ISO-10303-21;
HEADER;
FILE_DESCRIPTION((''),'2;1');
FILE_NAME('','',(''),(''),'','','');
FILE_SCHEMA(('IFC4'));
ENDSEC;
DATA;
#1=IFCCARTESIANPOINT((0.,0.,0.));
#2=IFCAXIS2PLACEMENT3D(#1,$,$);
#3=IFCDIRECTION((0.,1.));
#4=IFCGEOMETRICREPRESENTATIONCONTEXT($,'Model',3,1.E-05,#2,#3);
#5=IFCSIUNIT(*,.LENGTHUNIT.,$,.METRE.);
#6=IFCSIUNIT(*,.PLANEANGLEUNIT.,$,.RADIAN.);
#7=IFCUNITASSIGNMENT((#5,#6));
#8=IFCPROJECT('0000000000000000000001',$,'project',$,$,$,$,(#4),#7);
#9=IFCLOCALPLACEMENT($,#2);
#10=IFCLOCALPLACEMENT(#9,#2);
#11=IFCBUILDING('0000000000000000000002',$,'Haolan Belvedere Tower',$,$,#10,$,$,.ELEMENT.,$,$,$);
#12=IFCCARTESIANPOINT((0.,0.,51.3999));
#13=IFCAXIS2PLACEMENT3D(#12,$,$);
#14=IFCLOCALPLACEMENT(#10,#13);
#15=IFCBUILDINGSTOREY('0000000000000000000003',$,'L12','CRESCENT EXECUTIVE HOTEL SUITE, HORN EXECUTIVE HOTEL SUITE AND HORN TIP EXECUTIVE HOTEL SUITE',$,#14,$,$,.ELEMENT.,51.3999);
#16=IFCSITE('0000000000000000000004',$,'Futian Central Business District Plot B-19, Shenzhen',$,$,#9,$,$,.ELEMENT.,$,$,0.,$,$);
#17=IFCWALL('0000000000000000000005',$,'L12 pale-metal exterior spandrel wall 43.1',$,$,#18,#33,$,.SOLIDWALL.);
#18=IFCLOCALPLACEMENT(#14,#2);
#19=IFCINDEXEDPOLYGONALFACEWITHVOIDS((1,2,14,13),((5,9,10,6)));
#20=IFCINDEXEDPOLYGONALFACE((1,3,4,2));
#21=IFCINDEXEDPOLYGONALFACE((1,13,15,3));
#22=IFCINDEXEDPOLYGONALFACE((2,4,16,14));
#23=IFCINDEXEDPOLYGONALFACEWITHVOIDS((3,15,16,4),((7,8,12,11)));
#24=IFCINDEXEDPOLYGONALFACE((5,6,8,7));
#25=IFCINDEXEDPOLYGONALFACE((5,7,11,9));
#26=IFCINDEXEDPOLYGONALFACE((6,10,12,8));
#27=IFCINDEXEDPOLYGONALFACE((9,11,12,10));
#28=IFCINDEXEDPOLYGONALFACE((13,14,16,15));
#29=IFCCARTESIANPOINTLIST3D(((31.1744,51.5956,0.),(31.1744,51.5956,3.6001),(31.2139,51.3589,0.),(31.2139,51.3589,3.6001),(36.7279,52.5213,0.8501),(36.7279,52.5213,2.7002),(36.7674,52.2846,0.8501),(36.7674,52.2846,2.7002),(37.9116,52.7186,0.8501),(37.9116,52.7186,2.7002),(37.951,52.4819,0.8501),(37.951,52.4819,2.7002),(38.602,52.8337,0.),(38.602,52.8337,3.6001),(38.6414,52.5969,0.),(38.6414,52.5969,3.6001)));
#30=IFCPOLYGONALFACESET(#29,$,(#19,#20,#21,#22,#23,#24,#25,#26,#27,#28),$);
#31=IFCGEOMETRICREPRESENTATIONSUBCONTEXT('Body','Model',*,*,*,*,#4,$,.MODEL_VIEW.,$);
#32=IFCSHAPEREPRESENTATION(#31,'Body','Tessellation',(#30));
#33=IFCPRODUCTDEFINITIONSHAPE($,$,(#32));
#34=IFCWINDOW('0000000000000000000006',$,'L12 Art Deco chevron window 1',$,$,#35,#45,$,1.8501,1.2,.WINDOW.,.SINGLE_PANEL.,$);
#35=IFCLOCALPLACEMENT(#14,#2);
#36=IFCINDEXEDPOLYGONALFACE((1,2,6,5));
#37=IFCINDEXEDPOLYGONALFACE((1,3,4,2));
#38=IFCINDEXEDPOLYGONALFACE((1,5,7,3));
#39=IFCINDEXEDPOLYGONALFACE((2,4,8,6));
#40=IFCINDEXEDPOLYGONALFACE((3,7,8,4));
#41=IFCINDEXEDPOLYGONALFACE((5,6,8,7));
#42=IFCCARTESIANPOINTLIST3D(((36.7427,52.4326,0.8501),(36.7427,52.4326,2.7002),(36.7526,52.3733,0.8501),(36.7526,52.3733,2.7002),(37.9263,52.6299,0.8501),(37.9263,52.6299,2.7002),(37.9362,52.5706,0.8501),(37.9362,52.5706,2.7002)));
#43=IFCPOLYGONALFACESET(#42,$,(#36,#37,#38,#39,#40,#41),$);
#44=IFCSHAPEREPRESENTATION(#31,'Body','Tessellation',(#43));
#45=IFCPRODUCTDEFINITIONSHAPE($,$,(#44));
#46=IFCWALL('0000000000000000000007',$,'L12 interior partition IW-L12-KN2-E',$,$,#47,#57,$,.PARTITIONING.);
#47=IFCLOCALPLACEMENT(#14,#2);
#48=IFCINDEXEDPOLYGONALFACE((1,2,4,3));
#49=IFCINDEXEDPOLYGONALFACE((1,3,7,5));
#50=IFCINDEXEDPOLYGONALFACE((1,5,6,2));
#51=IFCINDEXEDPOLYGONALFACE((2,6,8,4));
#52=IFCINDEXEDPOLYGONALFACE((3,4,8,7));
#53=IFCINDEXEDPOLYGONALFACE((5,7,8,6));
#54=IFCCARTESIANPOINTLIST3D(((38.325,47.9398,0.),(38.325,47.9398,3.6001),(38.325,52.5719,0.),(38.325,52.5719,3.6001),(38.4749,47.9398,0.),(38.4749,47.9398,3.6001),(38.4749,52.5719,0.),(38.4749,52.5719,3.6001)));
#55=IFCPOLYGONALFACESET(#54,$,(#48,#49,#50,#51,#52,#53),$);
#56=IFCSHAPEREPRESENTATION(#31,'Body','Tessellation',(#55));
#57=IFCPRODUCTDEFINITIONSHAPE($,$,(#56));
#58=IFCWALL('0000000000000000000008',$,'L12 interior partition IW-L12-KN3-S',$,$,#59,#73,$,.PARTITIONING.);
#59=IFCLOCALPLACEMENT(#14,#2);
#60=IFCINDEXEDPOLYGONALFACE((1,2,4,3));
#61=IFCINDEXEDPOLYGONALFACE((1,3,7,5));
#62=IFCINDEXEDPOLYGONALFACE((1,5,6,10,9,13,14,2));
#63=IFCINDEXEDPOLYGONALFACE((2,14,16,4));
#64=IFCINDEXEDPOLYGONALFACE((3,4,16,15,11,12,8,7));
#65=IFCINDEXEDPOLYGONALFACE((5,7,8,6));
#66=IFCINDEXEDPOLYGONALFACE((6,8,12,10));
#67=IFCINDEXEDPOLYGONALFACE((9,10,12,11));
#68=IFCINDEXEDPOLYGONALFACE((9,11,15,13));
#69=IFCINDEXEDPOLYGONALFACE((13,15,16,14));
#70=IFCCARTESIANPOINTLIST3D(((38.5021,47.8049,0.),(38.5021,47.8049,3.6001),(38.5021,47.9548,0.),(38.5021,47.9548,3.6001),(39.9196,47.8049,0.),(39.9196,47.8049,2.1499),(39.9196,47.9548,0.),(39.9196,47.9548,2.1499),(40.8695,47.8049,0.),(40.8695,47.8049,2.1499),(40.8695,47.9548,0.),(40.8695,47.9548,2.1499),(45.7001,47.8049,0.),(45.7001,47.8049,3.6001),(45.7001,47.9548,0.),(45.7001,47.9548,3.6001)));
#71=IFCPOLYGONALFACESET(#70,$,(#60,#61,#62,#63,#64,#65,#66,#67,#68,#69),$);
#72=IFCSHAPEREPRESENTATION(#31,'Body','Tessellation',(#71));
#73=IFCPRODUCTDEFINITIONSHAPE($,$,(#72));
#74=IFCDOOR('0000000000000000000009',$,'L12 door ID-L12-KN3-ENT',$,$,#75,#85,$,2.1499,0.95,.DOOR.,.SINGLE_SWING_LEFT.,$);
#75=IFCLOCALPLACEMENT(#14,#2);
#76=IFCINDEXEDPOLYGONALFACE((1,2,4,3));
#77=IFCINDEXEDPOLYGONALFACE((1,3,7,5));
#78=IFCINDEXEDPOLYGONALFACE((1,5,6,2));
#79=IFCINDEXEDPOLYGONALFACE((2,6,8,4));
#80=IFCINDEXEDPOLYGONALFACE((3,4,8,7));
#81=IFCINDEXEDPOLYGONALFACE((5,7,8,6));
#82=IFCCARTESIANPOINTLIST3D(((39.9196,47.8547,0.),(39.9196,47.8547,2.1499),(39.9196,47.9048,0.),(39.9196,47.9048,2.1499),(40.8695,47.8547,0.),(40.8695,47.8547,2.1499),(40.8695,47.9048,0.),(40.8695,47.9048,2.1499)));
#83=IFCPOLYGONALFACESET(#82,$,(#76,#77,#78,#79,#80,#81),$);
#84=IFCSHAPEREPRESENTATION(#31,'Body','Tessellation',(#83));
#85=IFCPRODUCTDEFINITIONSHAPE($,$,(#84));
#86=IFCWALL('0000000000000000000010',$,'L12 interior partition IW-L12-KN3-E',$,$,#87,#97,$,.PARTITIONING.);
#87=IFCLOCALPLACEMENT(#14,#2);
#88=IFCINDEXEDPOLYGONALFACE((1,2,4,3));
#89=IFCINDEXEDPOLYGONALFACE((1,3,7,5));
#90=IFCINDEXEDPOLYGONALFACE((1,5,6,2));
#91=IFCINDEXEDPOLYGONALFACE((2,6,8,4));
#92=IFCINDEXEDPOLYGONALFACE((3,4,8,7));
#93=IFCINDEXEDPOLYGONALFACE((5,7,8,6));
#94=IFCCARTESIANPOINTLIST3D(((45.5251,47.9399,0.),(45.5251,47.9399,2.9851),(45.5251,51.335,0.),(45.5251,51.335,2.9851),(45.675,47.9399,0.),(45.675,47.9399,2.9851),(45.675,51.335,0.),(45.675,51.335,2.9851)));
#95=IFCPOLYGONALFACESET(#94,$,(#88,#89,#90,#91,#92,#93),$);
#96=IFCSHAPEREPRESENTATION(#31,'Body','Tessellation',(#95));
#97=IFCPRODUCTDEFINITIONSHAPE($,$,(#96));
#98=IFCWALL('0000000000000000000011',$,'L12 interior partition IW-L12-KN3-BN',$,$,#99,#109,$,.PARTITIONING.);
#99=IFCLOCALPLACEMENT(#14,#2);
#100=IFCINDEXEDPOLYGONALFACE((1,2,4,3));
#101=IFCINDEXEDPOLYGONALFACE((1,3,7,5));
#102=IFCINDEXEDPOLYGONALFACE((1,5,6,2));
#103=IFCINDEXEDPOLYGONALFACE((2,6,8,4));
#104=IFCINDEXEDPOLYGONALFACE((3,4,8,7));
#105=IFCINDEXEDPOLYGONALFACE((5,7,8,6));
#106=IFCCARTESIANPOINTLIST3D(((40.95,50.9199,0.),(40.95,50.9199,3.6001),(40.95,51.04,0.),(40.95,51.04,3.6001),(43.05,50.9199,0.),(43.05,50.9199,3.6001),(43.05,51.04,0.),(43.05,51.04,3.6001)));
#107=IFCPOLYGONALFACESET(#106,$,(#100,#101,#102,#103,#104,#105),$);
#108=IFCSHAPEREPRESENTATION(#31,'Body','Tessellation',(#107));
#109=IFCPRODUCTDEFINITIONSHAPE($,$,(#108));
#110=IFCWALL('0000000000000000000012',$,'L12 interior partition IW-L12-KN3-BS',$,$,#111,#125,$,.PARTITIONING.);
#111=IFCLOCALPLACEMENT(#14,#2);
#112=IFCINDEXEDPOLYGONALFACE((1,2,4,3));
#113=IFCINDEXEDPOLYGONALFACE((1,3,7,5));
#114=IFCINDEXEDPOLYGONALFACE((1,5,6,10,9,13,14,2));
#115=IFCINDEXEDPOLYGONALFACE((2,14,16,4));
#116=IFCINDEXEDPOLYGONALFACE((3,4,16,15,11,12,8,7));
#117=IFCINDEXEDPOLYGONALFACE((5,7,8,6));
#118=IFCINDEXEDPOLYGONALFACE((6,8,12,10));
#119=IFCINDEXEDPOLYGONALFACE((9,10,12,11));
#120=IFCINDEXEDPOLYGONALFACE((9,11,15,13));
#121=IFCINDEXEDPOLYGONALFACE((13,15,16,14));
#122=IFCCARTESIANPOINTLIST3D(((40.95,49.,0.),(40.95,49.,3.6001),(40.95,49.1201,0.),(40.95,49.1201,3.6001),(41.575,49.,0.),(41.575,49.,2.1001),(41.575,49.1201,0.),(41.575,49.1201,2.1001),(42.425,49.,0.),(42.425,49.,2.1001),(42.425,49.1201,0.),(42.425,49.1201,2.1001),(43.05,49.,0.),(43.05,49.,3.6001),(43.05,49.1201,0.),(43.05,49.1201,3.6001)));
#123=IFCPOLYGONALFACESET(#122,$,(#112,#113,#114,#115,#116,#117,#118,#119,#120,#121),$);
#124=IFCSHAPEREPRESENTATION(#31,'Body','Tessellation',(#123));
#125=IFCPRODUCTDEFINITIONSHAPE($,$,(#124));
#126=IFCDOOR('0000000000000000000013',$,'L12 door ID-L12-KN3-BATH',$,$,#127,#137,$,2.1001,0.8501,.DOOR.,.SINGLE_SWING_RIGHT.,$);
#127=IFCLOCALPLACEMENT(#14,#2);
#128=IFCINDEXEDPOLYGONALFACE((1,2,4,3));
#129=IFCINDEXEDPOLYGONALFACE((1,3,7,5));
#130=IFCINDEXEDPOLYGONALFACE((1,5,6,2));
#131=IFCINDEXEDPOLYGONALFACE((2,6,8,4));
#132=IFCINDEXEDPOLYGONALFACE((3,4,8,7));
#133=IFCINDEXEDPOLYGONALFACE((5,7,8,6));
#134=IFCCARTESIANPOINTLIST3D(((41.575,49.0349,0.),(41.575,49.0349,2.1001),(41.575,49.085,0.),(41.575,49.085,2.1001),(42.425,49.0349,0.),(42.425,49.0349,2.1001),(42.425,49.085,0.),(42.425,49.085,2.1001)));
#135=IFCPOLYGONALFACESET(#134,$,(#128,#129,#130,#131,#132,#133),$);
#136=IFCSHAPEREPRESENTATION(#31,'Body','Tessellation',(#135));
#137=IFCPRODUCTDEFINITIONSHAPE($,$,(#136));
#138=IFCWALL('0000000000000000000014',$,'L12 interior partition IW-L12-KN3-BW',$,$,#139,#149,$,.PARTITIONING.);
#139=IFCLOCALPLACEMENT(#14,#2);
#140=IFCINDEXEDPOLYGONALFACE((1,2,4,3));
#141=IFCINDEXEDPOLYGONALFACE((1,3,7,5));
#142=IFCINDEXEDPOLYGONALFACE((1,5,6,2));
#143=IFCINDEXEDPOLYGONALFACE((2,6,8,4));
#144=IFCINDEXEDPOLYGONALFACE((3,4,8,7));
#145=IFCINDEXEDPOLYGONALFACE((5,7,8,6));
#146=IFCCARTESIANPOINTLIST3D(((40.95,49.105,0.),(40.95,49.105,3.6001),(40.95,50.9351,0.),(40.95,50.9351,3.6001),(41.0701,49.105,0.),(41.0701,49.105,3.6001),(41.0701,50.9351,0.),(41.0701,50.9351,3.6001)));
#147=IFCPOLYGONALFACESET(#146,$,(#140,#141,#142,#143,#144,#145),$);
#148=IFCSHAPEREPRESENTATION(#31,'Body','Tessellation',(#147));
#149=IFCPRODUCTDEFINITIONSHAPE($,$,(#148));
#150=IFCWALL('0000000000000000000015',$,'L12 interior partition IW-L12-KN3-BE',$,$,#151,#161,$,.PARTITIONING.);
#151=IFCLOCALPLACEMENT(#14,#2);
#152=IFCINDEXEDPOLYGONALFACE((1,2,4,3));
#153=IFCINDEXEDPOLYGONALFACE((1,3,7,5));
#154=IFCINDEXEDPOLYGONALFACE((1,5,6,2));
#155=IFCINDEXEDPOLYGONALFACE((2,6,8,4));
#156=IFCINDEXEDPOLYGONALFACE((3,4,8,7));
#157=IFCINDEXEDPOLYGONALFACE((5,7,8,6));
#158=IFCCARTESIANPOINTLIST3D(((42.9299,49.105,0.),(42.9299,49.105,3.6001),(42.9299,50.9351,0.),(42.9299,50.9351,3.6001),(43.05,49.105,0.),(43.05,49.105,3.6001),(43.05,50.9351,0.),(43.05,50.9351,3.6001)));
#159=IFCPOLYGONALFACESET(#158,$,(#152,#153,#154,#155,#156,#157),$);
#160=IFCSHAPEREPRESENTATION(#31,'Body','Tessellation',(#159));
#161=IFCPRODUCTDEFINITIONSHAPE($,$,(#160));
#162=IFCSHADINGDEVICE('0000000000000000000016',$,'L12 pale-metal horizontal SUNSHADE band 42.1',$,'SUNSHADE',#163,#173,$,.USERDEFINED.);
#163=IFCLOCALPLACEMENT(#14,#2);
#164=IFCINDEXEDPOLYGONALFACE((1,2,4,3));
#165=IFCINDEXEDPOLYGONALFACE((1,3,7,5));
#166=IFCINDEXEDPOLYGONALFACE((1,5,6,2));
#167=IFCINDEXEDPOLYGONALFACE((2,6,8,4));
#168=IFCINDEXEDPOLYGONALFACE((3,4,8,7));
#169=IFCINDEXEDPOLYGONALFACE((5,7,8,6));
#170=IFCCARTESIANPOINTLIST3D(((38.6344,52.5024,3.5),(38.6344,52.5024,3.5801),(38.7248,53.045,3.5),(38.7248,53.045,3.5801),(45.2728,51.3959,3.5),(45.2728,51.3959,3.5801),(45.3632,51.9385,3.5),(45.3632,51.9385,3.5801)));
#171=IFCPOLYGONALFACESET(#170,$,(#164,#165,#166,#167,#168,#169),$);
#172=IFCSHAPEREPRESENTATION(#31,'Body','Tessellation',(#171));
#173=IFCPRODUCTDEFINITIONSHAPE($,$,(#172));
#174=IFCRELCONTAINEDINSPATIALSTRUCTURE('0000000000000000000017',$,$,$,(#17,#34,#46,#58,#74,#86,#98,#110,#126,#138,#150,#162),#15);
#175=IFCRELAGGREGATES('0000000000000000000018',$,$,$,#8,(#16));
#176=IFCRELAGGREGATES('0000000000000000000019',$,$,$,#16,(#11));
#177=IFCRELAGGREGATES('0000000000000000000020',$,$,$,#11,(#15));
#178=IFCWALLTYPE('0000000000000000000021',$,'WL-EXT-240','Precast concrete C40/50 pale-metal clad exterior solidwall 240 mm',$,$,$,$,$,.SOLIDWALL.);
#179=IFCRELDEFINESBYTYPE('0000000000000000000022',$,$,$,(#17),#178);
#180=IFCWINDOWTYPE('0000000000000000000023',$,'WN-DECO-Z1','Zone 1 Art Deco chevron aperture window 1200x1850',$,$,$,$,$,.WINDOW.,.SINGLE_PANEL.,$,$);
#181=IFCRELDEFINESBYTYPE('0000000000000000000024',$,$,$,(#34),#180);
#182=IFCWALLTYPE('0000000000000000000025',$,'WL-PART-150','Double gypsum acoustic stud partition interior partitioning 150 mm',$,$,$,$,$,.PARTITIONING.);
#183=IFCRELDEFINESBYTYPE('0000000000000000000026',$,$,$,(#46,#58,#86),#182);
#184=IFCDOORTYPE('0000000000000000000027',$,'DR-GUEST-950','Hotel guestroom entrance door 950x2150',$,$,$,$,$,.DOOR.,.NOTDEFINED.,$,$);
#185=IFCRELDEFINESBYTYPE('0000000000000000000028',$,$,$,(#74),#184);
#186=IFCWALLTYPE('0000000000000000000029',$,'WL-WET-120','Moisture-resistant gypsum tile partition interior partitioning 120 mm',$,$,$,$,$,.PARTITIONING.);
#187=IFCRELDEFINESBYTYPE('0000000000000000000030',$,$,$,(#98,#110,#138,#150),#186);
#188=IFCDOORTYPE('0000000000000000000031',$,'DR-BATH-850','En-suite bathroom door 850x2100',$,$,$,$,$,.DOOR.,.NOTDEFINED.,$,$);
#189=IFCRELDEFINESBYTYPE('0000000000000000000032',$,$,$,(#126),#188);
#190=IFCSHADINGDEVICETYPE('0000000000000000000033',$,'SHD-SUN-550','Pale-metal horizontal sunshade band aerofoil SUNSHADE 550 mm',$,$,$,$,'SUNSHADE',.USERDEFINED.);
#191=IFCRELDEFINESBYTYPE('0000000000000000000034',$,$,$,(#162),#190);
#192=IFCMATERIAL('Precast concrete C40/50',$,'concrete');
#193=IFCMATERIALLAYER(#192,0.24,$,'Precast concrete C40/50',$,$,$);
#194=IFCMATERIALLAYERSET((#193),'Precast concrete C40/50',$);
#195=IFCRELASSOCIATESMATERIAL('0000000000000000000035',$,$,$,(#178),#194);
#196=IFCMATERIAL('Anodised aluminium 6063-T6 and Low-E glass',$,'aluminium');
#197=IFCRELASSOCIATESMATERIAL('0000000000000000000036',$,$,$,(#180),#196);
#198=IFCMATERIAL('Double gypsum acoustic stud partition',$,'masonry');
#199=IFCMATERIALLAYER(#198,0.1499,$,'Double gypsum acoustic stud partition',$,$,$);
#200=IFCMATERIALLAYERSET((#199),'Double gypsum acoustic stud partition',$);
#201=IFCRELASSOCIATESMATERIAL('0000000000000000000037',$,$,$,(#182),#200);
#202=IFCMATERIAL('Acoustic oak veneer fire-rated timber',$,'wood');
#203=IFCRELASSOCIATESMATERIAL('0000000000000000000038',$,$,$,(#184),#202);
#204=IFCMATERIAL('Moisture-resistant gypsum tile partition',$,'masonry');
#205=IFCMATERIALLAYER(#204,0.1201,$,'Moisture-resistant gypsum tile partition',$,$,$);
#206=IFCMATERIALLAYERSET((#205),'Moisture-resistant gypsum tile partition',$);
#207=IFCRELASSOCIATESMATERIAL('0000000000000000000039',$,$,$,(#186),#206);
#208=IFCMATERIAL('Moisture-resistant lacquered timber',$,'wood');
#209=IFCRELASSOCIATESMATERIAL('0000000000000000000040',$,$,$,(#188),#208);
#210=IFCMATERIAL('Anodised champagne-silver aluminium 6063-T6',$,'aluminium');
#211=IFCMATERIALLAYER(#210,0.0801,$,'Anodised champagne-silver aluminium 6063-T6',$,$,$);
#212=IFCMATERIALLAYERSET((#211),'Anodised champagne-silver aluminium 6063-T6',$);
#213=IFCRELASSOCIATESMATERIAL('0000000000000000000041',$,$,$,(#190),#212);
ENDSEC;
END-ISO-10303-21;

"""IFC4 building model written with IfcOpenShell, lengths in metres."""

from ifc_helpers import new_model, si_unit, direction, frame, frame_2d, origin, origin_2d, place, context, subcontext, project, spatial, rectangle, extrude, material, layer, layer_set, type_object, element, fill, save


model = new_model("IFC4")

# Units and contexts
model_context = context("Model", 3, precision=1e-05, world=origin(), true_north=direction((0.0, 1.0)))
body_context = subcontext(model_context, "Body", "Model", "MODEL_VIEW")
ifc_project = project(units=[si_unit("LENGTHUNIT", "METRE"), si_unit("PLANEANGLEUNIT", "RADIAN")], contexts=[model_context])

# Site, building, storey
site_placement = place(None, origin())
site = spatial("IfcSite", under=ifc_project, at=site_placement, Name="Futian Central Business District Plot B-19, Shenzhen", CompositionType="ELEMENT", RefElevation=0.0)
building_placement = place(site_placement, origin())
building = spatial("IfcBuilding", under=site, at=building_placement, Name="Haolan Belvedere Tower", CompositionType="ELEMENT")
storey_placement = place(building_placement, frame((0.0, 0.0, 51.3999)))
storey = spatial("IfcBuildingStorey", under=building, at=storey_placement, Name="L12", Description="CRESCENT EXECUTIVE HOTEL SUITE, HORN EXECUTIVE HOTEL SUITE AND HORN TIP EXECUTIVE HOTEL SUITE", CompositionType="ELEMENT", Elevation=51.3999)

# Wall, opening, window
ifc_material_1 = material(Name="Precast concrete C40/50", Category="concrete")
ifc_layer_1 = layer(ifc_material_1, 0.24, Name="Precast concrete C40/50")
ifc_layer_set_1 = layer_set([ifc_layer_1], Name="Precast concrete C40/50")
wall_type_1 = type_object("IfcWallType", Name="WL-EXT-240", Description="Precast concrete C40/50 pale-metal clad exterior solidwall 240 mm", PredefinedType="SOLIDWALL", material=ifc_layer_set_1)
wall_1_placement = place(storey_placement, frame((38.6218, 52.7153, 0.0), z_axis=(0.0, 0.0, 1.0), x_axis=(-0.986391, -0.164415, 0.0)))
wall_1 = element("IfcWall", 1, at=wall_1_placement, inside=storey, type_object=wall_type_1, Name="L12 pale-metal exterior spandrel wall 43.1", PredefinedType="SOLIDWALL", context=body_context, shape_type="SweptSolid", body=[
    extrude(rectangle(XDim=7.53, YDim=0.24, at=frame_2d((3.7651, 0.0))), origin(), (0.0, 0.0, 1.0), 3.6001),
])
opening_1_placement = place(wall_1_placement, frame((0.7, 0.0, 0.8501)))
opening_1 = element("IfcOpeningElement", 2, at=opening_1_placement, cuts=wall_1, PredefinedType="OPENING", context=body_context, shape_type="SweptSolid", body=[
    extrude(rectangle(XDim=1.2, YDim=1.8501, at=frame_2d((0.6001, 0.925))), frame((0.0, 0.1299, 0.0), z_axis=(0.0, -1.0, 0.0), x_axis=(1.0, 0.0, 0.0)), (0.0, 0.0, 1.0), 0.26),
])
ifc_material_2 = material(Name="Anodised aluminium 6063-T6 and Low-E glass", Category="aluminium")
window_type = type_object("IfcWindowType", Name="WN-DECO-Z1", Description="Zone 1 Art Deco chevron aperture window 1200x1850", PartitioningType="SINGLE_PANEL", PredefinedType="WINDOW", material=ifc_material_2)
window_placement = place(opening_1_placement, origin())
window = element("IfcWindow", 3, at=window_placement, inside=storey, type_object=window_type, Name="L12 Art Deco chevron window 1", OverallHeight=1.8501, OverallWidth=1.2, PartitioningType="SINGLE_PANEL", PredefinedType="WINDOW", context=body_context, shape_type="SweptSolid", body=[
    extrude(rectangle(XDim=1.2, YDim=1.8501, at=frame_2d((0.6001, 0.925))), frame((0.0, 0.03, 0.0), z_axis=(0.0, -1.0, 0.0), x_axis=(1.0, 0.0, 0.0)), (0.0, 0.0, 1.0), 0.0601),
])
fill(opening_1, window)

# Wall
ifc_material_3 = material(Name="Double gypsum acoustic stud partition", Category="masonry")
ifc_layer_2 = layer(ifc_material_3, 0.1499, Name="Double gypsum acoustic stud partition")
ifc_layer_set_2 = layer_set([ifc_layer_2], Name="Double gypsum acoustic stud partition")
wall_type_2 = type_object("IfcWallType", Name="WL-PART-150", Description="Double gypsum acoustic stud partition interior partitioning 150 mm", PredefinedType="PARTITIONING", material=ifc_layer_set_2)
wall_2_placement = place(storey_placement, frame((38.3999, 47.9399, 0.0), z_axis=(0.0, 0.0, 1.0), x_axis=(0.0, 1.0, 0.0)))
element("IfcWall", 4, at=wall_2_placement, inside=storey, type_object=wall_type_2, Name="L12 interior partition IW-L12-KN2-E", PredefinedType="PARTITIONING", context=body_context, shape_type="SweptSolid", body=[
    extrude(rectangle(XDim=4.6321, YDim=0.1499, at=frame_2d((2.3159, 0.0))), origin(), (0.0, 0.0, 1.0), 3.6001),
])

# Wall, opening, door
wall_3_placement = place(storey_placement, frame((38.502, 47.8799, 0.0), z_axis=(0.0, 0.0, 1.0), x_axis=(1.0, 0.0, 0.0)))
wall_3 = element("IfcWall", 5, at=wall_3_placement, inside=storey, type_object=wall_type_2, Name="L12 interior partition IW-L12-KN3-S", PredefinedType="PARTITIONING", context=body_context, shape_type="SweptSolid", body=[
    extrude(rectangle(XDim=7.198, YDim=0.1499, at=frame_2d((3.5991, 0.0))), origin(), (0.0, 0.0, 1.0), 3.6001),
])
opening_2_placement = place(wall_3_placement, frame((1.4175, 0.0, 0.0)))
opening_2 = element("IfcOpeningElement", 6, at=opening_2_placement, cuts=wall_3, PredefinedType="OPENING", context=body_context, shape_type="SweptSolid", body=[
    extrude(rectangle(XDim=0.95, YDim=2.1499, at=frame_2d((0.4751, 1.075))), frame((0.0, 0.085, 0.0), z_axis=(0.0, -1.0, 0.0), x_axis=(1.0, 0.0, 0.0)), (0.0, 0.0, 1.0), 0.1699),
])
ifc_material_4 = material(Name="Acoustic oak veneer fire-rated timber", Category="wood")
door_type_1 = type_object("IfcDoorType", Name="DR-GUEST-950", Description="Hotel guestroom entrance door 950x2150", OperationType="NOTDEFINED", PredefinedType="DOOR", material=ifc_material_4)
door_1_placement = place(opening_2_placement, origin())
door_1 = element("IfcDoor", 7, at=door_1_placement, inside=storey, type_object=door_type_1, Name="L12 door ID-L12-KN3-ENT", OperationType="SINGLE_SWING_LEFT", OverallHeight=2.1499, OverallWidth=0.95, PredefinedType="DOOR", context=body_context, shape_type="SweptSolid", body=[
    extrude(rectangle(XDim=0.95, YDim=2.1499, at=frame_2d((0.4751, 1.075))), frame((0.0, 0.0249, 0.0), z_axis=(0.0, -1.0, 0.0), x_axis=(1.0, 0.0, 0.0)), (0.0, 0.0, 1.0), 0.05),
])
fill(opening_2, door_1)

# Walls
wall_4_placement = place(storey_placement, frame((45.6001, 47.9399, 0.0), z_axis=(0.0, 0.0, 1.0), x_axis=(0.0, 1.0, 0.0)))
element("IfcWall", 8, at=wall_4_placement, inside=storey, type_object=wall_type_2, Name="L12 interior partition IW-L12-KN3-E", PredefinedType="PARTITIONING", context=body_context, shape_type="SweptSolid", body=[
    extrude(rectangle(XDim=3.395, YDim=0.1499, at=frame_2d((1.6975, 0.0))), origin(), (0.0, 0.0, 1.0), 2.9851),
])
ifc_material_5 = material(Name="Moisture-resistant gypsum tile partition", Category="masonry")
ifc_layer_3 = layer(ifc_material_5, 0.1201, Name="Moisture-resistant gypsum tile partition")
ifc_layer_set_3 = layer_set([ifc_layer_3], Name="Moisture-resistant gypsum tile partition")
wall_type_3 = type_object("IfcWallType", Name="WL-WET-120", Description="Moisture-resistant gypsum tile partition interior partitioning 120 mm", PredefinedType="PARTITIONING", material=ifc_layer_set_3)
wall_5_placement = place(storey_placement, frame((40.95, 50.98, 0.0), z_axis=(0.0, 0.0, 1.0), x_axis=(1.0, 0.0, 0.0)))
element("IfcWall", 9, at=wall_5_placement, inside=storey, type_object=wall_type_3, Name="L12 interior partition IW-L12-KN3-BN", PredefinedType="PARTITIONING", context=body_context, shape_type="SweptSolid", body=[
    extrude(rectangle(XDim=2.1001, YDim=0.1201, at=frame_2d((1.05, 0.0))), origin(), (0.0, 0.0, 1.0), 3.6001),
])

# Wall, opening, door
wall_6_placement = place(storey_placement, frame((40.95, 49.0601, 0.0), z_axis=(0.0, 0.0, 1.0), x_axis=(1.0, 0.0, 0.0)))
wall_6 = element("IfcWall", 10, at=wall_6_placement, inside=storey, type_object=wall_type_3, Name="L12 interior partition IW-L12-KN3-BS", PredefinedType="PARTITIONING", context=body_context, shape_type="SweptSolid", body=[
    extrude(rectangle(XDim=2.1001, YDim=0.1201, at=frame_2d((1.05, 0.0))), origin(), (0.0, 0.0, 1.0), 3.6001),
])
opening_3_placement = place(wall_6_placement, frame((0.625, 0.0, 0.0)))
opening_3 = element("IfcOpeningElement", 11, at=opening_3_placement, cuts=wall_6, PredefinedType="OPENING", context=body_context, shape_type="SweptSolid", body=[
    extrude(rectangle(XDim=0.8501, YDim=2.1001, at=frame_2d((0.425, 1.05))), frame((0.0, 0.0701, 0.0), z_axis=(0.0, -1.0, 0.0), x_axis=(1.0, 0.0, 0.0)), (0.0, 0.0, 1.0), 0.1401),
])
ifc_material_6 = material(Name="Moisture-resistant lacquered timber", Category="wood")
door_type_2 = type_object("IfcDoorType", Name="DR-BATH-850", Description="En-suite bathroom door 850x2100", OperationType="NOTDEFINED", PredefinedType="DOOR", material=ifc_material_6)
door_2_placement = place(opening_3_placement, origin())
door_2 = element("IfcDoor", 12, at=door_2_placement, inside=storey, type_object=door_type_2, Name="L12 door ID-L12-KN3-BATH", OperationType="SINGLE_SWING_RIGHT", OverallHeight=2.1001, OverallWidth=0.8501, PredefinedType="DOOR", context=body_context, shape_type="SweptSolid", body=[
    extrude(rectangle(XDim=0.8501, YDim=2.1001, at=frame_2d((0.425, 1.05))), frame((0.0, 0.0249, 0.0), z_axis=(0.0, -1.0, 0.0), x_axis=(1.0, 0.0, 0.0)), (0.0, 0.0, 1.0), 0.05),
])
fill(opening_3, door_2)

# Walls
for number, where, z_axis, x_axis, name in (
    (13, (41.01, 49.105, 0.0), (0.0, 0.0, 1.0), (0.0, 1.0, 0.0), "L12 interior partition IW-L12-KN3-BW"),
    (14, (42.99, 49.105, 0.0), (0.0, 0.0, 1.0), (0.0, 1.0, 0.0), "L12 interior partition IW-L12-KN3-BE"),
):
    element("IfcWall", number, at=place(storey_placement, frame(where, z_axis=z_axis, x_axis=x_axis)), inside=storey, type_object=wall_type_3, Name=name, PredefinedType="PARTITIONING", context=body_context, shape_type="SweptSolid", body=[
        extrude(rectangle(XDim=1.8301, YDim=0.1201, at=frame_2d((0.915, 0.0))), origin(), (0.0, 0.0, 1.0), 3.6001),
    ])

# Shading device
ifc_material_7 = material(Name="Anodised champagne-silver aluminium 6063-T6", Category="aluminium")
ifc_layer_4 = layer(ifc_material_7, 0.0801, Name="Anodised champagne-silver aluminium 6063-T6")
ifc_layer_set_4 = layer_set([ifc_layer_4], Name="Anodised champagne-silver aluminium 6063-T6")
shading_device_type = type_object("IfcShadingDeviceType", Name="SHD-SUN-550", Description="Pale-metal horizontal sunshade band aerofoil SUNSHADE 550 mm", ElementType="SUNSHADE", PredefinedType="USERDEFINED", material=ifc_layer_set_4)
shading_device_placement = place(storey_placement, frame((41.9988, 52.2205, 3.5), z_axis=(0.0, 0.0, 1.0), x_axis=(-0.986392, 0.164411, 0.0)))
element("IfcShadingDevice", 15, at=shading_device_placement, inside=storey, type_object=shading_device_type, Name="L12 pale-metal horizontal SUNSHADE band 42.1", ObjectType="SUNSHADE", PredefinedType="USERDEFINED", context=body_context, shape_type="SweptSolid", body=[
    extrude(rectangle(XDim=6.73, YDim=0.55, at=origin_2d()), origin(), (0.0, 0.0, 1.0), 0.0801),
])

save(model, "model.ifc")
